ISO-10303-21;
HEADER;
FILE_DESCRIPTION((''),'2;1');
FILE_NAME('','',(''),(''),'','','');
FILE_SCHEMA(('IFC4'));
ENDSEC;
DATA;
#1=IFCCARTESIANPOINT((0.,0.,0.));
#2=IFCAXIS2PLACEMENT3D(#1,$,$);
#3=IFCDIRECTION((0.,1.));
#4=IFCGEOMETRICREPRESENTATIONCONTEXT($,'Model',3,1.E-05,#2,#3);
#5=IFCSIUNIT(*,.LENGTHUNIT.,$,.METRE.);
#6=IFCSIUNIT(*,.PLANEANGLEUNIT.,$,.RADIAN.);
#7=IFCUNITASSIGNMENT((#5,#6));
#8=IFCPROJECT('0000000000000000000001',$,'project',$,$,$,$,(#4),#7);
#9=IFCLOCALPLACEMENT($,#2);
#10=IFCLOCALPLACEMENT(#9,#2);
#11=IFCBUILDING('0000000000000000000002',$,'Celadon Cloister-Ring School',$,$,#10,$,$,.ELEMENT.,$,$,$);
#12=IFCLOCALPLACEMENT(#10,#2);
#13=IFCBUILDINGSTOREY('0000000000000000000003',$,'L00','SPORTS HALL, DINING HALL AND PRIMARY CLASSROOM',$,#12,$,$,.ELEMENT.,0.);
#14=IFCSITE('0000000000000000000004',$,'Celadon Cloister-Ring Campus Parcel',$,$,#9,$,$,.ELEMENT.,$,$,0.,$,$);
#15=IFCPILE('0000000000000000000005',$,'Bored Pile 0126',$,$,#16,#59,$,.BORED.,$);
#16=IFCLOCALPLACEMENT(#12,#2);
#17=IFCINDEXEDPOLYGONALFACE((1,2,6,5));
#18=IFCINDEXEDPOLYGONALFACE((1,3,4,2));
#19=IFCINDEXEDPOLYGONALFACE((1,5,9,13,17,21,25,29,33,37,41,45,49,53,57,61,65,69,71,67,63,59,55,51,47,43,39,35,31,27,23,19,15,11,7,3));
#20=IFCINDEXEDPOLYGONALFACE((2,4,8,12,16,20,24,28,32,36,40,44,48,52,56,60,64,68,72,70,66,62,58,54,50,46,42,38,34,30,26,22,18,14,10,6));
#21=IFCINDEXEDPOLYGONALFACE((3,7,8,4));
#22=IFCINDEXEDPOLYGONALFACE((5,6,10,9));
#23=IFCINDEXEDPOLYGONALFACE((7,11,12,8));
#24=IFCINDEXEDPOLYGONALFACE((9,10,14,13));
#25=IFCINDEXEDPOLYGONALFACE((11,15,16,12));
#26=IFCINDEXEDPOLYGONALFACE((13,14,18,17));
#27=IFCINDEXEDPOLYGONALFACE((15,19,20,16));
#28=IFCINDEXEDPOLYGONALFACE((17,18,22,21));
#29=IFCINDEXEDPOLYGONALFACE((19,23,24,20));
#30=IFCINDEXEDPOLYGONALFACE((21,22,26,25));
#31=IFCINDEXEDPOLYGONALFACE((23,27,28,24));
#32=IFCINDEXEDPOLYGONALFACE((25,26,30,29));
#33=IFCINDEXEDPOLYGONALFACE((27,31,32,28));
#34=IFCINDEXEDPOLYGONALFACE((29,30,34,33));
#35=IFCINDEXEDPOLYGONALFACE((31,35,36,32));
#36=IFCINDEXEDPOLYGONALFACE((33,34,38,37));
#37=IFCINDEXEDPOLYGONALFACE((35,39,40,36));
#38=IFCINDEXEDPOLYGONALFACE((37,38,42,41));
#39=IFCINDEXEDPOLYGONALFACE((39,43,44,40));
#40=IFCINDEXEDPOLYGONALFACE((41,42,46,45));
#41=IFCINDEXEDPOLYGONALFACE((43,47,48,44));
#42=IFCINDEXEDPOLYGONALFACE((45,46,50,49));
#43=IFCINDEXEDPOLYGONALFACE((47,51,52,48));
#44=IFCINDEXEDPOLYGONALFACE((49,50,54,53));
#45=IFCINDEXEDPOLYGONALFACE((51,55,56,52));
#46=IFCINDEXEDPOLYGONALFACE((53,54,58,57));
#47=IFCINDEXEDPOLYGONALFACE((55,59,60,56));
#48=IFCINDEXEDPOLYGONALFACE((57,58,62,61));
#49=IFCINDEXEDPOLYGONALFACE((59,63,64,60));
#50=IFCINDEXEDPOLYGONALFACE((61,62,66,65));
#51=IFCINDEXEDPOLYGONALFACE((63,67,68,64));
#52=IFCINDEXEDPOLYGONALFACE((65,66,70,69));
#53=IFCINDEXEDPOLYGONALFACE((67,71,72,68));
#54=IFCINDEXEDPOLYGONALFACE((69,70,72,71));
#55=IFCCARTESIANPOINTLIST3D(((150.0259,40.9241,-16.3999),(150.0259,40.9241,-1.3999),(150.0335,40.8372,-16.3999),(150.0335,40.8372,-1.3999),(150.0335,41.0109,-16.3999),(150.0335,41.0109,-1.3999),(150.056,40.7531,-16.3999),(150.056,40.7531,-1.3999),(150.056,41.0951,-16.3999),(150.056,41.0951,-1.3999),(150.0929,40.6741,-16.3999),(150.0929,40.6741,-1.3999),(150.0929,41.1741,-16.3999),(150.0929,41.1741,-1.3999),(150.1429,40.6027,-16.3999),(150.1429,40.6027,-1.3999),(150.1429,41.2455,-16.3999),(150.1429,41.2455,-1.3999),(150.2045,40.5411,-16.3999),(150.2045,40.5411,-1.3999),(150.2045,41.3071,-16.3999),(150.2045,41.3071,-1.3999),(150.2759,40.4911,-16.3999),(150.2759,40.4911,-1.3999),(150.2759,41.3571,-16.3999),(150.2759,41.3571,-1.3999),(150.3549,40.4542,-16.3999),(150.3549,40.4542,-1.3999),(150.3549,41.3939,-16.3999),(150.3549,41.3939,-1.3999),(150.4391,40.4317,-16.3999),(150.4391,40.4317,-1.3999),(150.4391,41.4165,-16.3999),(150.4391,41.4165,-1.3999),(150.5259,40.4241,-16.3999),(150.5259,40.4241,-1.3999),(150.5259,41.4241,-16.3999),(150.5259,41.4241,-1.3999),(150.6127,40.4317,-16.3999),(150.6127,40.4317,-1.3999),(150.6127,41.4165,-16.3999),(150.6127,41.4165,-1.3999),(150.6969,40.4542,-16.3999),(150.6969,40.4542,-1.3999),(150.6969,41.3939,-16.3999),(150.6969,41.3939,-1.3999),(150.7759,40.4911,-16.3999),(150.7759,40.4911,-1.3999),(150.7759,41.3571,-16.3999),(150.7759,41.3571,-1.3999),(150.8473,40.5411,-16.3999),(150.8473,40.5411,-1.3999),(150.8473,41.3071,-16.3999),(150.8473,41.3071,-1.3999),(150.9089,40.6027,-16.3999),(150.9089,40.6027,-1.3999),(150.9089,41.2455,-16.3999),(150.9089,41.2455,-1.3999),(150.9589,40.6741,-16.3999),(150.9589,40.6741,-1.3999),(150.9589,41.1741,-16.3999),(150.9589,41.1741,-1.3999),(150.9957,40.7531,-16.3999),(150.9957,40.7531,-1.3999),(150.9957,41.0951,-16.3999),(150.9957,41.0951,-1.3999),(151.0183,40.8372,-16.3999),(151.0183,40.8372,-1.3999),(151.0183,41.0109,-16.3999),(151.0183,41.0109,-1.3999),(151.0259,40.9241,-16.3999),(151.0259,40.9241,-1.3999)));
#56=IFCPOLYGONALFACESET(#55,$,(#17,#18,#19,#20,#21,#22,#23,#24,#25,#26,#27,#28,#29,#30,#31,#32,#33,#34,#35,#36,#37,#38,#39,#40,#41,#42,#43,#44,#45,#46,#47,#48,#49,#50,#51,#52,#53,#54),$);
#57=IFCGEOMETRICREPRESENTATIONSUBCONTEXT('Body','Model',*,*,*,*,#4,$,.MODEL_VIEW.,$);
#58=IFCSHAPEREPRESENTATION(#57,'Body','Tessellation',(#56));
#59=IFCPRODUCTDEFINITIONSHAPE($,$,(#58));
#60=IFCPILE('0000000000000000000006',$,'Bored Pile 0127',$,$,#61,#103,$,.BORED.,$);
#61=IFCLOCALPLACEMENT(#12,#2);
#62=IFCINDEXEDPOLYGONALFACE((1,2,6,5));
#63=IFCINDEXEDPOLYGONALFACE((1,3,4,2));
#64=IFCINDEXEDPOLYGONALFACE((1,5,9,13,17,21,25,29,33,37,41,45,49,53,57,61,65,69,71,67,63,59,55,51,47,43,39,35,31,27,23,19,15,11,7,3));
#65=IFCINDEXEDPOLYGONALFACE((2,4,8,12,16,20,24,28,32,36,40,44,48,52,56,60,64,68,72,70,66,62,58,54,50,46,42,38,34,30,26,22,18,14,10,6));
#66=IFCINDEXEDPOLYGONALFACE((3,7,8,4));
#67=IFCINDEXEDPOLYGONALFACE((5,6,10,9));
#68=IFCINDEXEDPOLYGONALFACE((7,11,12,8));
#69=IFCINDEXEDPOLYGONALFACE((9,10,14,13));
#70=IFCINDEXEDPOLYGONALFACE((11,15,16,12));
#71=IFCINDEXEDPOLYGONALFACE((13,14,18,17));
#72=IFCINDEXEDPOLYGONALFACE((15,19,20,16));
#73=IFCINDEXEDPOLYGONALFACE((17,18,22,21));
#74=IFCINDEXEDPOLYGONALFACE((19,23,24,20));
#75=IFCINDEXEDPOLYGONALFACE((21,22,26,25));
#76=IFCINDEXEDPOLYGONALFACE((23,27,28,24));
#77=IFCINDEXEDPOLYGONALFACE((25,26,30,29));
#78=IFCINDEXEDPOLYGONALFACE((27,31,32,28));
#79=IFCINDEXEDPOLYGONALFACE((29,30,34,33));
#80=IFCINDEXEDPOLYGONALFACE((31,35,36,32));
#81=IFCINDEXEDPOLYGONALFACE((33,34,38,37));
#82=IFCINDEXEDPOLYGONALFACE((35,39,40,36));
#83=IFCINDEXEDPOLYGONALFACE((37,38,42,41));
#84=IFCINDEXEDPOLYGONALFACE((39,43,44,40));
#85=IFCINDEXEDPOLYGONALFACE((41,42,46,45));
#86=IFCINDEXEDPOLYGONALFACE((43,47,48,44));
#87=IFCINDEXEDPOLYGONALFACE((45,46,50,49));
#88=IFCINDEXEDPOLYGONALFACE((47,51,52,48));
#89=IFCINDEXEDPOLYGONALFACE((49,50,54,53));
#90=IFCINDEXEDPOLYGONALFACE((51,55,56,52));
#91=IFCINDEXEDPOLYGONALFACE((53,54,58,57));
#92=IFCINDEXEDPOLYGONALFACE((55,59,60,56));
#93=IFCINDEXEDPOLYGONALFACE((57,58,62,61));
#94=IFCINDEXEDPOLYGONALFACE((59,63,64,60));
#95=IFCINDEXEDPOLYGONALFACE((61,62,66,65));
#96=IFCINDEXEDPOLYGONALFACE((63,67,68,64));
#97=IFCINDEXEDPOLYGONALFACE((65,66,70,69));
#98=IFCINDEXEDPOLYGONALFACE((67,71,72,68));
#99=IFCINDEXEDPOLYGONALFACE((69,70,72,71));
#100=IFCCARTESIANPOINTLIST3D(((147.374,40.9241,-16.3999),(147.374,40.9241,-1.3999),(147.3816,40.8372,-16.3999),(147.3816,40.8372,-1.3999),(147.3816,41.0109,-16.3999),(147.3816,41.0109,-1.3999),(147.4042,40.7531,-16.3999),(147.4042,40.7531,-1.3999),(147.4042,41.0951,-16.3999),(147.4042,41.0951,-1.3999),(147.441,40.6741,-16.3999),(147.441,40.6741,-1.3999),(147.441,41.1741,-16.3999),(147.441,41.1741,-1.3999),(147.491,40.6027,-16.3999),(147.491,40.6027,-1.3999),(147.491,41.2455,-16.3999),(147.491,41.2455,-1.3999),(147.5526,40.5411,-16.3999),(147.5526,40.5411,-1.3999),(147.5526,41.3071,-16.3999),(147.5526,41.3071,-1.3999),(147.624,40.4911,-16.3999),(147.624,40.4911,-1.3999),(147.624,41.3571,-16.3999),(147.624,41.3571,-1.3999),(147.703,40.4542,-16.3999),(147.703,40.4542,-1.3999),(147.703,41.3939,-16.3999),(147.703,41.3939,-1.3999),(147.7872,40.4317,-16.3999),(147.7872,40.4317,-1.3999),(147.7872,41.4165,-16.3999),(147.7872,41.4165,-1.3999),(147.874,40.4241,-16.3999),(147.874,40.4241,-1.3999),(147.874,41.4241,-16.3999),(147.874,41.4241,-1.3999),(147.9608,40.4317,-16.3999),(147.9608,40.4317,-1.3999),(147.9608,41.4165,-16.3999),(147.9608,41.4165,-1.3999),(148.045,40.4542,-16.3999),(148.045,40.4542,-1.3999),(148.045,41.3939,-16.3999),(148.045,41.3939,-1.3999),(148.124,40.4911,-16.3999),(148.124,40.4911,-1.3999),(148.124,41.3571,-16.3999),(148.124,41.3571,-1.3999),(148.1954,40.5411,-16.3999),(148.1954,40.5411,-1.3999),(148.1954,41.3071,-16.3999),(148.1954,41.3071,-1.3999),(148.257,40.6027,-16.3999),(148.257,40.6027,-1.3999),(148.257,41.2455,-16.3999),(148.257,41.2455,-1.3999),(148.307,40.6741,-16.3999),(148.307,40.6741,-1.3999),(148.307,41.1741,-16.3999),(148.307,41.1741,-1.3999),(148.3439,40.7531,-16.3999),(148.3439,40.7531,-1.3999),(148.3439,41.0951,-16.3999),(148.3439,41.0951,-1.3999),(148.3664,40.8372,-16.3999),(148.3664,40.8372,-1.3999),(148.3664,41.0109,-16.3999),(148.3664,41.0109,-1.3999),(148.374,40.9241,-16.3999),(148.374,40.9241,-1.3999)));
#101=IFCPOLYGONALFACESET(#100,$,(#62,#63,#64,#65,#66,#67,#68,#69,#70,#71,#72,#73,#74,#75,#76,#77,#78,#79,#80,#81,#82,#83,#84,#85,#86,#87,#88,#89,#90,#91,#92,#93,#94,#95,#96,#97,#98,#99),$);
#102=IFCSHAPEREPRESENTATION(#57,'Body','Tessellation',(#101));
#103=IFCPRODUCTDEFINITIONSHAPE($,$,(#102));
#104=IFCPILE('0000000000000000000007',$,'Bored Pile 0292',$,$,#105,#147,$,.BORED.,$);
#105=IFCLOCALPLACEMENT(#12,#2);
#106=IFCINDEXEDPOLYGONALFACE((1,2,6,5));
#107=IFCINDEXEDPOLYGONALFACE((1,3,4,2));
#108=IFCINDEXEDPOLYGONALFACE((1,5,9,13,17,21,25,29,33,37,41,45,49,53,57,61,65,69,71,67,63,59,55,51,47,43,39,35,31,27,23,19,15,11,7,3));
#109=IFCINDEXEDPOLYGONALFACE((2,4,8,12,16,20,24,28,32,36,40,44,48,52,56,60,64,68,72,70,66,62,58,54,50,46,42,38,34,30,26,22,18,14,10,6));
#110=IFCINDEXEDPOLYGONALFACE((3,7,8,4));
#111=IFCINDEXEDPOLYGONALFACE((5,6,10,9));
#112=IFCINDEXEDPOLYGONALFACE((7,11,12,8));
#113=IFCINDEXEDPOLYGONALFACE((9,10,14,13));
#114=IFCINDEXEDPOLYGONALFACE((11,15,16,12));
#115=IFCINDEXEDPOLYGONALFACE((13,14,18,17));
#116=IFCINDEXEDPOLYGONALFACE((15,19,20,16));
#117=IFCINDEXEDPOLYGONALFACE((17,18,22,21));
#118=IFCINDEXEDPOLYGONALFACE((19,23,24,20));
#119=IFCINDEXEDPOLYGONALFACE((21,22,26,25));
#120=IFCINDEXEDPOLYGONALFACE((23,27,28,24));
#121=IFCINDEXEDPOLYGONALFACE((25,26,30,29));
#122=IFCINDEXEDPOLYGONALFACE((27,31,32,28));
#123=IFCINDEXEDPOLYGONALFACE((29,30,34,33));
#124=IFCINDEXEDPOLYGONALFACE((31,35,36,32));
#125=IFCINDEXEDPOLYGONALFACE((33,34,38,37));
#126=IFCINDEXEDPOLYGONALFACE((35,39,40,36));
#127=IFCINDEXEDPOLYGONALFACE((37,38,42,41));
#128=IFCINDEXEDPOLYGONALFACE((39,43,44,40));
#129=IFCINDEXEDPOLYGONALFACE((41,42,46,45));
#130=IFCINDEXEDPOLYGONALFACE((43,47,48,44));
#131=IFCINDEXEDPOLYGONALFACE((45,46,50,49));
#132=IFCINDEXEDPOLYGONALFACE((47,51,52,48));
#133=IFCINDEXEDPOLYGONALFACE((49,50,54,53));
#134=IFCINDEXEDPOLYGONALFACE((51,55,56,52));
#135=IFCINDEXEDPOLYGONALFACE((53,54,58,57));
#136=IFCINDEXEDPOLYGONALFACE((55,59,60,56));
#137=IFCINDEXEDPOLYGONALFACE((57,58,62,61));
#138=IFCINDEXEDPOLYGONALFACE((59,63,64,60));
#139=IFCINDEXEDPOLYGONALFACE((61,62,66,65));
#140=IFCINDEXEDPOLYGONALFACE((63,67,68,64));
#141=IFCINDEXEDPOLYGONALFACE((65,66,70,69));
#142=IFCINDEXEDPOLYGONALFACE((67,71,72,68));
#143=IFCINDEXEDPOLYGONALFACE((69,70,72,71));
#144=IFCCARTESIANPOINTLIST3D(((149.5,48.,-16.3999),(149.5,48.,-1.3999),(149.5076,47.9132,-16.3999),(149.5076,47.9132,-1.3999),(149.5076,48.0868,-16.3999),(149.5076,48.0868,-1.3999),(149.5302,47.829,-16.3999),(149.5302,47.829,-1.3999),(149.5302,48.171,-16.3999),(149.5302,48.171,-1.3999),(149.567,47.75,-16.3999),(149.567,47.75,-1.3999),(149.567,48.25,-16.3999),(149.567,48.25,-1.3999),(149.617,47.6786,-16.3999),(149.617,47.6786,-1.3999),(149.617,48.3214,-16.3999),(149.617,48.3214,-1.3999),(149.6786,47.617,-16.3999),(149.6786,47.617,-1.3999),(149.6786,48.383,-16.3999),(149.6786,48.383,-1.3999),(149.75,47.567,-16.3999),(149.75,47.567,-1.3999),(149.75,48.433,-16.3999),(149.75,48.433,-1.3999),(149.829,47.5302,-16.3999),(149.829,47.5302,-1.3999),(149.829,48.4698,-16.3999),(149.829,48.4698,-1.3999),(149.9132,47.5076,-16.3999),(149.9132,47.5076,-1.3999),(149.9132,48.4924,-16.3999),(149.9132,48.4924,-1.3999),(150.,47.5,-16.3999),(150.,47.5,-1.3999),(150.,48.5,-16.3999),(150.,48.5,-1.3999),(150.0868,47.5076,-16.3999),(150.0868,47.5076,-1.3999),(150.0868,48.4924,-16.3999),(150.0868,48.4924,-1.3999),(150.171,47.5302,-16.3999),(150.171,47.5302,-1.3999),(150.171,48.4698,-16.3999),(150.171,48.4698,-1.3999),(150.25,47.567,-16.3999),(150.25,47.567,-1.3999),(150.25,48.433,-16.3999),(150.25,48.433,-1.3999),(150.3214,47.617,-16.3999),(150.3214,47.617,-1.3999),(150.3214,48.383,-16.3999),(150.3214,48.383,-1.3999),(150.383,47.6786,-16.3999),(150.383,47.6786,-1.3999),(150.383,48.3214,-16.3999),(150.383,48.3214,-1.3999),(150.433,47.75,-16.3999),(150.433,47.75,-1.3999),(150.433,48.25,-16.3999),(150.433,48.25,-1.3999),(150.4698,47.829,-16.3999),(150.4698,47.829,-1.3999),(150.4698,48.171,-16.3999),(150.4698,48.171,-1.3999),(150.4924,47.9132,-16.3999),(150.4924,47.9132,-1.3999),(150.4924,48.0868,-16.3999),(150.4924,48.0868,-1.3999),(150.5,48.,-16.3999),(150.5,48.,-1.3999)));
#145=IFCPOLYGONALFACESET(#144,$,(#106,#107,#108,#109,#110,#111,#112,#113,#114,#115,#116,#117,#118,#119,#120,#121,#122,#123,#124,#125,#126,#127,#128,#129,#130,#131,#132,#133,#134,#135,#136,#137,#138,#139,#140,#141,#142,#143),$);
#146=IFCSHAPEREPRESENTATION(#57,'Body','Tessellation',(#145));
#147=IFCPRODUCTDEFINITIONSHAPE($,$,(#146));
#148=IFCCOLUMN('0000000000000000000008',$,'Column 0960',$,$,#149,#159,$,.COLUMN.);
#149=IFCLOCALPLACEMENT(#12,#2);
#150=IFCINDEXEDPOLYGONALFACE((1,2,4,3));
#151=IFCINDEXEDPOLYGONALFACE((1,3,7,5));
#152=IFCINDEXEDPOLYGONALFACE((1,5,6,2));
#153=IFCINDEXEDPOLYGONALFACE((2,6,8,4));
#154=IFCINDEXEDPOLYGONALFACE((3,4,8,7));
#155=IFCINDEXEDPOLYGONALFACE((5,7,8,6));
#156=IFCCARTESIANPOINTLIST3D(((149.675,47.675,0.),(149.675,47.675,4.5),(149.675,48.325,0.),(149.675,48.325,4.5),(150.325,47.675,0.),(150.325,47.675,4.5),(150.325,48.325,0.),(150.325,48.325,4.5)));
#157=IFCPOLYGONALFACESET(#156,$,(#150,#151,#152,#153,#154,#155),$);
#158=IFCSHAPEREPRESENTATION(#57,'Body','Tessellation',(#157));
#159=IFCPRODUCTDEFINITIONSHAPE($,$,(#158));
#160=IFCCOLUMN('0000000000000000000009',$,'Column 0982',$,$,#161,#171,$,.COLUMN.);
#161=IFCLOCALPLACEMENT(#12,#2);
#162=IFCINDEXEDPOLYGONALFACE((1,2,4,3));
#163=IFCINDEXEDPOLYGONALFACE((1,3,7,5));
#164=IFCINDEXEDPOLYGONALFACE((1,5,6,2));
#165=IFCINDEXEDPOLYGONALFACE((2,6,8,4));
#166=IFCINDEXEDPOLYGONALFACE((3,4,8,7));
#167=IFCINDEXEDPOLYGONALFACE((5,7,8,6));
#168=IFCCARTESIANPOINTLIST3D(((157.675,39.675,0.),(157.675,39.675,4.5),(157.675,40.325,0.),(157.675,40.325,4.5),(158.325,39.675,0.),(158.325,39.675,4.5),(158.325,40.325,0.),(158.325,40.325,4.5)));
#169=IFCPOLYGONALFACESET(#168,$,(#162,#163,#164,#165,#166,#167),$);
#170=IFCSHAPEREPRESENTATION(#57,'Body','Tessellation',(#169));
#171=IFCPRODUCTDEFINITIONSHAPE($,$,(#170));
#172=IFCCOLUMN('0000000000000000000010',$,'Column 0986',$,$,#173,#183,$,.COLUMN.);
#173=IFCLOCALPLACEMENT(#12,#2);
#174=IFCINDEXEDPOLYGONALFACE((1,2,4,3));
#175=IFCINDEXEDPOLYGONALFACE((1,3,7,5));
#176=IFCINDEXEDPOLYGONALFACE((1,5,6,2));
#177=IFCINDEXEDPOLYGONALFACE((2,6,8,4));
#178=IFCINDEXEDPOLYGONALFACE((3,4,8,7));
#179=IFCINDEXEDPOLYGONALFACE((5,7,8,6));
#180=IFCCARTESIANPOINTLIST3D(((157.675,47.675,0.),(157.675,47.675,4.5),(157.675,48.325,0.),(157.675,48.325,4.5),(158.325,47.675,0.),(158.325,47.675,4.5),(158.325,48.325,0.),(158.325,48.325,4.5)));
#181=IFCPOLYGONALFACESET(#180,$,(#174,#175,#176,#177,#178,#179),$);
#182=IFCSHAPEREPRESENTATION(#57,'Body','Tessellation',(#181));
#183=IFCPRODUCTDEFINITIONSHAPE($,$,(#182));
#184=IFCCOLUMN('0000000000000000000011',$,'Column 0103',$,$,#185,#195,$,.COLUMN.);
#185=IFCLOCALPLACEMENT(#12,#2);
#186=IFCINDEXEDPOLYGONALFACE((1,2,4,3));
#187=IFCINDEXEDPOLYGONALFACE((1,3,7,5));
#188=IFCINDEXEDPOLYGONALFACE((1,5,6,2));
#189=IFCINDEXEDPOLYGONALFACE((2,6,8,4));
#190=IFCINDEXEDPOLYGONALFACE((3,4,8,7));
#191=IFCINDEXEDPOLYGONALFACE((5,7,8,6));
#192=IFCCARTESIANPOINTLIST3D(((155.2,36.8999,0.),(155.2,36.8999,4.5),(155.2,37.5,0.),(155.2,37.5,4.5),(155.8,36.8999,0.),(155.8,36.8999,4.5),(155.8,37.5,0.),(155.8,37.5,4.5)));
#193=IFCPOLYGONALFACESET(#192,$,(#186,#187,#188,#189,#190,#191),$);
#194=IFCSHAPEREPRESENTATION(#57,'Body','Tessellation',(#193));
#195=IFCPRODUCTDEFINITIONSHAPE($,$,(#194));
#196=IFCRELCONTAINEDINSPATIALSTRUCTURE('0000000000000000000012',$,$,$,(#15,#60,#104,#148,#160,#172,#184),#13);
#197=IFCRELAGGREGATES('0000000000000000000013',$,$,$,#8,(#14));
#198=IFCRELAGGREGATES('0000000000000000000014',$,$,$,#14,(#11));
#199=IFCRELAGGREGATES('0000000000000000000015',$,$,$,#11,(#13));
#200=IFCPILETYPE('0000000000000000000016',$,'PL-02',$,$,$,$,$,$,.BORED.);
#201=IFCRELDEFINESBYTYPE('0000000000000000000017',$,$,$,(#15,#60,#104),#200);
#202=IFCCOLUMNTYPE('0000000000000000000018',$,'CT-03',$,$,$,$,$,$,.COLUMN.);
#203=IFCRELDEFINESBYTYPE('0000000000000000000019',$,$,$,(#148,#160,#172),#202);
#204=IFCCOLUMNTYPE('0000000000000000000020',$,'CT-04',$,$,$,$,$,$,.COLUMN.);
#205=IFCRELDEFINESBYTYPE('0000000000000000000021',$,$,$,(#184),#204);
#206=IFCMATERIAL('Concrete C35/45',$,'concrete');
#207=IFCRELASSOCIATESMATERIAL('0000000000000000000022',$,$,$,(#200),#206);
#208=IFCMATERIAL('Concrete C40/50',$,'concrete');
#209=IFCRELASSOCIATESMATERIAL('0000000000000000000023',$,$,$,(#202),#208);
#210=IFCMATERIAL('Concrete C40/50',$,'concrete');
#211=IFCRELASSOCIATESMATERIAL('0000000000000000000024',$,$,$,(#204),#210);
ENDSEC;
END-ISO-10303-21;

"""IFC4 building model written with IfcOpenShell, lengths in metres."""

from ifc_helpers import new_model, si_unit, direction, frame, origin, origin_2d, place, context, subcontext, project, spatial, rectangle, circle, extrude, material, material_profile, profile_set, type_object, element, save


model = new_model("IFC4")

# Units and contexts
model_context = context("Model", 3, precision=1e-05, world=origin(), true_north=direction((0.0, 1.0)))
body_context = subcontext(model_context, "Body", "Model", "MODEL_VIEW")
ifc_project = project(units=[si_unit("LENGTHUNIT", "METRE"), si_unit("PLANEANGLEUNIT", "RADIAN")], contexts=[model_context])

# Site, building, storey
site_placement = place(None, origin())
site = spatial("IfcSite", under=ifc_project, at=site_placement, Name="Celadon Cloister-Ring Campus Parcel", CompositionType="ELEMENT", RefElevation=0.0)
building_placement = place(site_placement, origin())
building = spatial("IfcBuilding", under=site, at=building_placement, Name="Celadon Cloister-Ring School", CompositionType="ELEMENT")
storey_placement = place(building_placement, origin())
storey = spatial("IfcBuildingStorey", under=building, at=storey_placement, Name="L00", Description="SPORTS HALL, DINING HALL AND PRIMARY CLASSROOM", CompositionType="ELEMENT", Elevation=0.0)

# Piles
ifc_material_1 = material(Name="Concrete C35/45", Category="concrete")
ifc_material_profile_1 = material_profile(ifc_material_1, circle(Radius=0.5, at=origin_2d()), Name="PILE1000")
ifc_profile_set_1 = profile_set([ifc_material_profile_1], Name="Concrete C35/45")
pile_type = type_object("IfcPileType", Name="PL-02", PredefinedType="BORED", material=ifc_profile_set_1)
for number, where, z_axis, x_axis, name in (
    (1, (150.5259, 40.9241, -1.3999), (0.0, 0.0, -1.0), (1.0, 0.0, 0.0), "Bored Pile 0126"),
    (2, (147.874, 40.9241, -1.3999), (0.0, 0.0, -1.0), (1.0, 0.0, 0.0), "Bored Pile 0127"),
    (3, (150.0, 48.0, -1.3999), (0.0, 0.0, -1.0), (1.0, 0.0, 0.0), "Bored Pile 0292"),
):
    element("IfcPile", number, at=place(storey_placement, frame(where, z_axis=z_axis, x_axis=x_axis)), inside=storey, type_object=pile_type, Name=name, PredefinedType="BORED", context=body_context, shape_type="SweptSolid", body=[
        extrude(circle(Radius=0.5, at=origin_2d()), origin(), (0.0, 0.0, 1.0), 15.0),
    ])

# Columns
ifc_material_2 = material(Name="Concrete C40/50", Category="concrete")
ifc_material_profile_2 = material_profile(ifc_material_2, rectangle(XDim=0.6499, YDim=0.6499, at=origin_2d()), Name="RC650X650")
ifc_profile_set_2 = profile_set([ifc_material_profile_2], Name="Concrete C40/50")
column_type_1 = type_object("IfcColumnType", Name="CT-03", PredefinedType="COLUMN", material=ifc_profile_set_2)
for number, where, z_axis, x_axis, name in (
    (4, (150.0, 48.0, 0.0), (0.0, 0.0, 1.0), (1.0, 0.0, 0.0), "Column 0960"),
    (5, (158.0, 40.0, 0.0), (0.0, 0.0, 1.0), (1.0, 0.0, 0.0), "Column 0982"),
    (6, (158.0, 48.0, 0.0), (0.0, 0.0, 1.0), (1.0, 0.0, 0.0), "Column 0986"),
):
    element("IfcColumn", number, at=place(storey_placement, frame(where, z_axis=z_axis, x_axis=x_axis)), inside=storey, type_object=column_type_1, Name=name, PredefinedType="COLUMN", context=body_context, shape_type="SweptSolid", body=[
        extrude(rectangle(XDim=0.6499, YDim=0.6499, at=origin_2d()), origin(), (0.0, 0.0, 1.0), 4.5),
    ])
ifc_material_3 = material(Name="Concrete C40/50", Category="concrete")
ifc_material_profile_3 = material_profile(ifc_material_3, rectangle(XDim=0.6001, YDim=0.6001, at=origin_2d()), Name="RC600X600")
ifc_profile_set_3 = profile_set([ifc_material_profile_3], Name="Concrete C40/50")
column_type_2 = type_object("IfcColumnType", Name="CT-04", PredefinedType="COLUMN", material=ifc_profile_set_3)
column_placement = place(storey_placement, frame((155.5, 37.2, 0.0), z_axis=(0.0, 0.0, 1.0), x_axis=(1.0, 0.0, 0.0)))
element("IfcColumn", 7, at=column_placement, inside=storey, type_object=column_type_2, Name="Column 0103", PredefinedType="COLUMN", context=body_context, shape_type="SweptSolid", body=[
    extrude(rectangle(XDim=0.6001, YDim=0.6001, at=origin_2d()), origin(), (0.0, 0.0, 1.0), 4.5),
])

save(model, "model.ifc")
